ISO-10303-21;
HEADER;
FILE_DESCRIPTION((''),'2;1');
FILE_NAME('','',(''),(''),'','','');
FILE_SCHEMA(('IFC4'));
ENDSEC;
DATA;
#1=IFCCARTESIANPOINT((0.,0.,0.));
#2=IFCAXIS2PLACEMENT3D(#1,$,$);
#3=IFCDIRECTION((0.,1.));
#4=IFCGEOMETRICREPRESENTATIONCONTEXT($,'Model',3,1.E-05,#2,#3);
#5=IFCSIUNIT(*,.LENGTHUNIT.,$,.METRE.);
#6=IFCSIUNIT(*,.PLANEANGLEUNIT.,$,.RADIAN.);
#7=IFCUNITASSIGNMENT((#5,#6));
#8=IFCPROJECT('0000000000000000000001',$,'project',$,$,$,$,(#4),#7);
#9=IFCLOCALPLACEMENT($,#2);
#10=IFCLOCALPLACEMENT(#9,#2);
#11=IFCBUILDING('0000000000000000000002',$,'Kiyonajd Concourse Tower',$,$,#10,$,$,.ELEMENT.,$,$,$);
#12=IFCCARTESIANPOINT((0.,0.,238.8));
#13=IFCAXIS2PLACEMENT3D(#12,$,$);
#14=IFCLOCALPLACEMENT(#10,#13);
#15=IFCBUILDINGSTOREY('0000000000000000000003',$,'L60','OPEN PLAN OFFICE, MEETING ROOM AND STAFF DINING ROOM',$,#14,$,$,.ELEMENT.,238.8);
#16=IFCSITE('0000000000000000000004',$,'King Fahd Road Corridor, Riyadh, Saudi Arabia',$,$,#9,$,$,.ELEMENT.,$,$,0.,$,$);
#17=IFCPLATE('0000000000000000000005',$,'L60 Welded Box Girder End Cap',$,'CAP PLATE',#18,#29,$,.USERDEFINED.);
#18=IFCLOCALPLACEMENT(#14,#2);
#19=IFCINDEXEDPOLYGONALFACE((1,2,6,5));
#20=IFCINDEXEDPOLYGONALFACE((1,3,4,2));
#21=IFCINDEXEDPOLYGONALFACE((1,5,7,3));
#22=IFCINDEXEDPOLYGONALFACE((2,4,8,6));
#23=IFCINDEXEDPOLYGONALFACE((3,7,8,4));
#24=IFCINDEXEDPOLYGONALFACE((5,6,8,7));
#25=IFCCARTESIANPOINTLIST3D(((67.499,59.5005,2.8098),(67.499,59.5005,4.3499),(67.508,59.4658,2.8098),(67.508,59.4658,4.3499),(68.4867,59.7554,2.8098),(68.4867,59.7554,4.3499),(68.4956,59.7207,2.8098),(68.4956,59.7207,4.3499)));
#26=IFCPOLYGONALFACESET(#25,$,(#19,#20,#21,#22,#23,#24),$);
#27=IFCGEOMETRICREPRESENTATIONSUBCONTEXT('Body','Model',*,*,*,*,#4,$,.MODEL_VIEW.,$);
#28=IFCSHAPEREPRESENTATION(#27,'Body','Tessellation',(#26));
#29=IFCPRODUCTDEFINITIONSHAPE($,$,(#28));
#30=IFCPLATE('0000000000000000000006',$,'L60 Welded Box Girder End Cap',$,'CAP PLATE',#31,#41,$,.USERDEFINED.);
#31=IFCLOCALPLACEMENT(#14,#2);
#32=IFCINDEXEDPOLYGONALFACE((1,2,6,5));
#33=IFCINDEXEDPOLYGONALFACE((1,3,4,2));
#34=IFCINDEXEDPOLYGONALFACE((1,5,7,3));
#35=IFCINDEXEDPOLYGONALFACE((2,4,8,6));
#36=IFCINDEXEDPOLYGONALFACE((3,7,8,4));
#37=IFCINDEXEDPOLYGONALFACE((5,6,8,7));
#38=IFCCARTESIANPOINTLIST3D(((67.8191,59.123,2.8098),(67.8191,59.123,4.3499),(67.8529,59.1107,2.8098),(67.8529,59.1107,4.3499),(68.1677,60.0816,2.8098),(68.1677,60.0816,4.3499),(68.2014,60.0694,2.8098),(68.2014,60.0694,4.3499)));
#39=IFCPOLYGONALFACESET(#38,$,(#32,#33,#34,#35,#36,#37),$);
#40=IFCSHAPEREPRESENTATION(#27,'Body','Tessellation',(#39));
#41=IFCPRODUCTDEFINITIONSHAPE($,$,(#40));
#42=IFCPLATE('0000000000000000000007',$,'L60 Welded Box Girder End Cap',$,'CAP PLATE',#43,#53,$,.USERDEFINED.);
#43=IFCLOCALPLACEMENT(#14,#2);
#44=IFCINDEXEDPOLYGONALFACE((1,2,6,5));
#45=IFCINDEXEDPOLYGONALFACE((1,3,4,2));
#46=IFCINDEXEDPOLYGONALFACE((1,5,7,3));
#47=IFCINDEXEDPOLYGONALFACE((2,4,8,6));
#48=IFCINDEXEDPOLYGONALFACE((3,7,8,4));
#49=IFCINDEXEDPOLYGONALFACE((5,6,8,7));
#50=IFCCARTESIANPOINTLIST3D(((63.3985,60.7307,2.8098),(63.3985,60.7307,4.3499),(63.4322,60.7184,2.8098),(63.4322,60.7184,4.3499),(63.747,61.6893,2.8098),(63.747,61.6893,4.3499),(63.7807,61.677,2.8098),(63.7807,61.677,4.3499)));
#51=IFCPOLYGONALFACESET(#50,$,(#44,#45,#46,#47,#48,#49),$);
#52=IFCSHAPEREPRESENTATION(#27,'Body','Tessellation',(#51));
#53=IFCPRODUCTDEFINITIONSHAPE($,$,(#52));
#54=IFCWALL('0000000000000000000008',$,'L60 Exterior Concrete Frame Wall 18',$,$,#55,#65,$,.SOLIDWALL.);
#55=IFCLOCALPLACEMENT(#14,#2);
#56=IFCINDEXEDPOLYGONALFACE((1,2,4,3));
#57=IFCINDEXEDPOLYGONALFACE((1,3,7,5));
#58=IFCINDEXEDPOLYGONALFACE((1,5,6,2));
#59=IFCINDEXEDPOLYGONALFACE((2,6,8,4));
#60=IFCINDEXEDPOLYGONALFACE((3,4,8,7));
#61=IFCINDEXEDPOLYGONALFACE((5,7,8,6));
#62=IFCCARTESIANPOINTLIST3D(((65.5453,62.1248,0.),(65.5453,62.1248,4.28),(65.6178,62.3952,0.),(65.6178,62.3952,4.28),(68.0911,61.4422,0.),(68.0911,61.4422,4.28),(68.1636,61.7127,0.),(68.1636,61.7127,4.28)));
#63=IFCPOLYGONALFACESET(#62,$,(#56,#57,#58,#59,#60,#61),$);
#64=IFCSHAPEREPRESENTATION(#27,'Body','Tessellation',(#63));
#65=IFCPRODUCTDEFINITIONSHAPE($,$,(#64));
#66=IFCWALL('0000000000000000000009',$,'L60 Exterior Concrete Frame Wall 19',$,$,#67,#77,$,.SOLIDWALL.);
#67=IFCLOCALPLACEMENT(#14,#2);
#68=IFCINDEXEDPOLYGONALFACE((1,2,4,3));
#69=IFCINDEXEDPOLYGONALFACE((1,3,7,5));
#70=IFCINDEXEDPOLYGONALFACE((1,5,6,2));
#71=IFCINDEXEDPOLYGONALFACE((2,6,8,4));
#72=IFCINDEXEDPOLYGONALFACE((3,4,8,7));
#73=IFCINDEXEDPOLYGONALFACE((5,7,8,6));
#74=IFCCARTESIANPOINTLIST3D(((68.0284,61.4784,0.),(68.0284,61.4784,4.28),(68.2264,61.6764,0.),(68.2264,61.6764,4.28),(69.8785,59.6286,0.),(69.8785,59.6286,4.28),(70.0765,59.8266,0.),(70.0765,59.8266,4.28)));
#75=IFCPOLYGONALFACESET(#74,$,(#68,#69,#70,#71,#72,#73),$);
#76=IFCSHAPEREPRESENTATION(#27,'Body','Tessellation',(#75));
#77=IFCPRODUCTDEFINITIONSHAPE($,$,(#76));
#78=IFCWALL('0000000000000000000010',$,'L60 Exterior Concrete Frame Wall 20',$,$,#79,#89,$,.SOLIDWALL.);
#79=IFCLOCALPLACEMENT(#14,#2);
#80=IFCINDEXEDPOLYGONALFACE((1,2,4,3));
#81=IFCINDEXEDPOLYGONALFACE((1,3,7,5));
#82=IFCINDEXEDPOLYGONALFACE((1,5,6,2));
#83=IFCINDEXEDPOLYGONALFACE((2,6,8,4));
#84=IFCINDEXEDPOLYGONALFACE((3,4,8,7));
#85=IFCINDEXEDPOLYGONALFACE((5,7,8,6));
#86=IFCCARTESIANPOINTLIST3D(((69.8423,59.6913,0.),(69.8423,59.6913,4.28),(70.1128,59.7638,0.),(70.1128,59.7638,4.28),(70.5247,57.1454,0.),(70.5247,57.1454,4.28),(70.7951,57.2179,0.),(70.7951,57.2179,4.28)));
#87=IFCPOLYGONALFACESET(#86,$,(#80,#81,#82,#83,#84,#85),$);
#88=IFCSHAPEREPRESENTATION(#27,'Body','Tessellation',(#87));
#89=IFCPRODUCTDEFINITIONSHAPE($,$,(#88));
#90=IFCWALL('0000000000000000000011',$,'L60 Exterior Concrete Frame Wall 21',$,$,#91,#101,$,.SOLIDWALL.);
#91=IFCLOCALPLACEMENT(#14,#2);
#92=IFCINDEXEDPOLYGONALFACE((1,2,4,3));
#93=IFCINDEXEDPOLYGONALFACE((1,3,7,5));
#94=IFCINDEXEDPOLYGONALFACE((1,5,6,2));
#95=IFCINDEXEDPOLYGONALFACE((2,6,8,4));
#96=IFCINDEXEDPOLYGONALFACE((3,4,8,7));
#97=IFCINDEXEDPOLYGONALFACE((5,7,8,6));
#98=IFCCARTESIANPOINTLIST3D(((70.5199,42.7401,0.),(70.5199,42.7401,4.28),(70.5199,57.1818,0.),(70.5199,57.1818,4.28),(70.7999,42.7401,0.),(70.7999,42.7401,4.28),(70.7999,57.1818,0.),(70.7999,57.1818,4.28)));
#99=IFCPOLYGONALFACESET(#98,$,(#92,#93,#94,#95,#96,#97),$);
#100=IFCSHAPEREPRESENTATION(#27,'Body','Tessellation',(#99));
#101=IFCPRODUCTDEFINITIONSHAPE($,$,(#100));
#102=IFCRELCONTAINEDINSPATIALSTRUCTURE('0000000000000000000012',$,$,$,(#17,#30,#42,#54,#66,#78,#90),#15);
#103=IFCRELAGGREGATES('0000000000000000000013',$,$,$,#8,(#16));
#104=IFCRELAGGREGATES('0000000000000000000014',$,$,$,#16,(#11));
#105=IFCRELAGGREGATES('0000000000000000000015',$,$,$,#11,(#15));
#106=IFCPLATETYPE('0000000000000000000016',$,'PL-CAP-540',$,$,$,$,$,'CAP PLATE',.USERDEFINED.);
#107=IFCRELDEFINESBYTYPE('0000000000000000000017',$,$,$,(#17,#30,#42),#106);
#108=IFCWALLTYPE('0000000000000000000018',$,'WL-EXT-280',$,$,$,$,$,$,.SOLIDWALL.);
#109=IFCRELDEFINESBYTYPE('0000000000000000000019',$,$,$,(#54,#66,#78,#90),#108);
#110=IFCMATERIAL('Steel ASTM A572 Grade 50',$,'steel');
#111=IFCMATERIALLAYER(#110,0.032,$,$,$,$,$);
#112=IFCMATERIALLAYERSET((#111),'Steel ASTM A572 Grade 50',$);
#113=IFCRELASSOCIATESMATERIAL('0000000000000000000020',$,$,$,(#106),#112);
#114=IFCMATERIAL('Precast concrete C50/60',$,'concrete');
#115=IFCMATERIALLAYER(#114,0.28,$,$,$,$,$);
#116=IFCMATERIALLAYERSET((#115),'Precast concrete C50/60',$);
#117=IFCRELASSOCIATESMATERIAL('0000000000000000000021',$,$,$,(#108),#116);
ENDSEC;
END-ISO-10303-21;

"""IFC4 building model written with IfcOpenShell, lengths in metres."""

from ifc_helpers import new_model, si_unit, direction, frame, frame_2d, origin, origin_2d, place, context, subcontext, project, spatial, rectangle, extrude, material, layer, layer_set, type_object, element, save


model = new_model("IFC4")

# Units and contexts
model_context = context("Model", 3, precision=1e-05, world=origin(), true_north=direction((0.0, 1.0)))
body_context = subcontext(model_context, "Body", "Model", "MODEL_VIEW")
ifc_project = project(units=[si_unit("LENGTHUNIT", "METRE"), si_unit("PLANEANGLEUNIT", "RADIAN")], contexts=[model_context])

# Site, building, storey
site_placement = place(None, origin())
site = spatial("IfcSite", under=ifc_project, at=site_placement, Name="King Fahd Road Corridor, Riyadh, Saudi Arabia", CompositionType="ELEMENT", RefElevation=0.0)
building_placement = place(site_placement, origin())
building = spatial("IfcBuilding", under=site, at=building_placement, Name="Kiyonajd Concourse Tower", CompositionType="ELEMENT")
storey_placement = place(building_placement, frame((0.0, 0.0, 238.8)))
storey = spatial("IfcBuildingStorey", under=building, at=storey_placement, Name="L60", Description="OPEN PLAN OFFICE, MEETING ROOM AND STAFF DINING ROOM", CompositionType="ELEMENT", Elevation=238.8)

# Shared definitions
ifc_material_1 = material(Name="Steel ASTM A572 Grade 50", Category="steel")

# Plates
ifc_layer_1 = layer(ifc_material_1, 0.032)
ifc_layer_set_1 = layer_set([ifc_layer_1], Name="Steel ASTM A572 Grade 50")
plate_type_1 = type_object("IfcPlateType", Name="PL-CAP-540", ElementType="CAP PLATE", PredefinedType="USERDEFINED", material=ifc_layer_set_1)
for number, where, z_axis, x_axis, name in (
    (1, (67.9973, 59.6106, 2.8098), (0.0, 0.0, 1.0), (-0.249873, 0.968279, 0.0), "L60 Welded Box Girder End Cap"),
    (2, (68.0103, 59.5962, 2.8098), (0.0, 0.0, 1.0), (0.939812, -0.341692, 0.0), "L60 Welded Box Girder End Cap"),
    (3, (63.5896, 61.2039, 2.8098), (0.0, 0.0, 1.0), (-0.939812, 0.341692, 0.0), "L60 Welded Box Girder End Cap"),
):
    element("IfcPlate", number, at=place(storey_placement, frame(where, z_axis=z_axis, x_axis=x_axis)), inside=storey, type_object=plate_type_1, Name=name, ObjectType="CAP PLATE", PredefinedType="USERDEFINED", context=body_context, shape_type="SweptSolid", body=[
        extrude(rectangle(XDim=0.0359, YDim=1.02, at=origin_2d()), origin(), (0.0, 0.0, 1.0), 1.54),
    ])

# Walls
ifc_material_2 = material(Name="Precast concrete C50/60", Category="concrete")
ifc_layer_2 = layer(ifc_material_2, 0.28)
ifc_layer_set_2 = layer_set([ifc_layer_2], Name="Precast concrete C50/60")
wall_type = type_object("IfcWallType", Name="WL-EXT-280", PredefinedType="SOLIDWALL", material=ifc_layer_set_2)
wall_1_placement = place(storey_placement, frame((65.5815, 62.26, 0.0), z_axis=(0.0, 0.0, 1.0), x_axis=(0.965884, -0.258977, 0.0)))
element("IfcWall", 4, at=wall_1_placement, inside=storey, type_object=wall_type, Name="L60 Exterior Concrete Frame Wall 18", PredefinedType="SOLIDWALL", context=body_context, shape_type="SweptSolid", body=[
    extrude(rectangle(XDim=2.6357, YDim=0.28, at=frame_2d((1.3179, 0.0))), origin(), (0.0, 0.0, 1.0), 4.28),
])
wall_2_placement = place(storey_placement, frame((68.1274, 61.5774, 0.0), z_axis=(0.0, 0.0, 1.0), x_axis=(0.707153, -0.70706, 0.0)))
element("IfcWall", 5, at=wall_2_placement, inside=storey, type_object=wall_type, Name="L60 Exterior Concrete Frame Wall 19", PredefinedType="SOLIDWALL", context=body_context, shape_type="SweptSolid", body=[
    extrude(rectangle(XDim=2.6162, YDim=0.28, at=frame_2d((1.3081, 0.0))), origin(), (0.0, 0.0, 1.0), 4.28),
])
wall_3_placement = place(storey_placement, frame((69.9775, 59.7275, 0.0), z_axis=(0.0, 0.0, 1.0), x_axis=(0.25889, -0.965907, 0.0)))
element("IfcWall", 6, at=wall_3_placement, inside=storey, type_object=wall_type, Name="L60 Exterior Concrete Frame Wall 20", PredefinedType="SOLIDWALL", context=body_context, shape_type="SweptSolid", body=[
    extrude(rectangle(XDim=2.6357, YDim=0.28, at=frame_2d((1.3179, 0.0))), origin(), (0.0, 0.0, 1.0), 4.28),
])
wall_4_placement = place(storey_placement, frame((70.6599, 57.1816, 0.0), z_axis=(0.0, 0.0, 1.0), x_axis=(0.0, -1.0, 0.0)))
element("IfcWall", 7, at=wall_4_placement, inside=storey, type_object=wall_type, Name="L60 Exterior Concrete Frame Wall 21", PredefinedType="SOLIDWALL", context=body_context, shape_type="SweptSolid", body=[
    extrude(rectangle(XDim=14.4417, YDim=0.28, at=frame_2d((7.2207, 0.0))), origin(), (0.0, 0.0, 1.0), 4.28),
])

save(model, "model.ifc")
